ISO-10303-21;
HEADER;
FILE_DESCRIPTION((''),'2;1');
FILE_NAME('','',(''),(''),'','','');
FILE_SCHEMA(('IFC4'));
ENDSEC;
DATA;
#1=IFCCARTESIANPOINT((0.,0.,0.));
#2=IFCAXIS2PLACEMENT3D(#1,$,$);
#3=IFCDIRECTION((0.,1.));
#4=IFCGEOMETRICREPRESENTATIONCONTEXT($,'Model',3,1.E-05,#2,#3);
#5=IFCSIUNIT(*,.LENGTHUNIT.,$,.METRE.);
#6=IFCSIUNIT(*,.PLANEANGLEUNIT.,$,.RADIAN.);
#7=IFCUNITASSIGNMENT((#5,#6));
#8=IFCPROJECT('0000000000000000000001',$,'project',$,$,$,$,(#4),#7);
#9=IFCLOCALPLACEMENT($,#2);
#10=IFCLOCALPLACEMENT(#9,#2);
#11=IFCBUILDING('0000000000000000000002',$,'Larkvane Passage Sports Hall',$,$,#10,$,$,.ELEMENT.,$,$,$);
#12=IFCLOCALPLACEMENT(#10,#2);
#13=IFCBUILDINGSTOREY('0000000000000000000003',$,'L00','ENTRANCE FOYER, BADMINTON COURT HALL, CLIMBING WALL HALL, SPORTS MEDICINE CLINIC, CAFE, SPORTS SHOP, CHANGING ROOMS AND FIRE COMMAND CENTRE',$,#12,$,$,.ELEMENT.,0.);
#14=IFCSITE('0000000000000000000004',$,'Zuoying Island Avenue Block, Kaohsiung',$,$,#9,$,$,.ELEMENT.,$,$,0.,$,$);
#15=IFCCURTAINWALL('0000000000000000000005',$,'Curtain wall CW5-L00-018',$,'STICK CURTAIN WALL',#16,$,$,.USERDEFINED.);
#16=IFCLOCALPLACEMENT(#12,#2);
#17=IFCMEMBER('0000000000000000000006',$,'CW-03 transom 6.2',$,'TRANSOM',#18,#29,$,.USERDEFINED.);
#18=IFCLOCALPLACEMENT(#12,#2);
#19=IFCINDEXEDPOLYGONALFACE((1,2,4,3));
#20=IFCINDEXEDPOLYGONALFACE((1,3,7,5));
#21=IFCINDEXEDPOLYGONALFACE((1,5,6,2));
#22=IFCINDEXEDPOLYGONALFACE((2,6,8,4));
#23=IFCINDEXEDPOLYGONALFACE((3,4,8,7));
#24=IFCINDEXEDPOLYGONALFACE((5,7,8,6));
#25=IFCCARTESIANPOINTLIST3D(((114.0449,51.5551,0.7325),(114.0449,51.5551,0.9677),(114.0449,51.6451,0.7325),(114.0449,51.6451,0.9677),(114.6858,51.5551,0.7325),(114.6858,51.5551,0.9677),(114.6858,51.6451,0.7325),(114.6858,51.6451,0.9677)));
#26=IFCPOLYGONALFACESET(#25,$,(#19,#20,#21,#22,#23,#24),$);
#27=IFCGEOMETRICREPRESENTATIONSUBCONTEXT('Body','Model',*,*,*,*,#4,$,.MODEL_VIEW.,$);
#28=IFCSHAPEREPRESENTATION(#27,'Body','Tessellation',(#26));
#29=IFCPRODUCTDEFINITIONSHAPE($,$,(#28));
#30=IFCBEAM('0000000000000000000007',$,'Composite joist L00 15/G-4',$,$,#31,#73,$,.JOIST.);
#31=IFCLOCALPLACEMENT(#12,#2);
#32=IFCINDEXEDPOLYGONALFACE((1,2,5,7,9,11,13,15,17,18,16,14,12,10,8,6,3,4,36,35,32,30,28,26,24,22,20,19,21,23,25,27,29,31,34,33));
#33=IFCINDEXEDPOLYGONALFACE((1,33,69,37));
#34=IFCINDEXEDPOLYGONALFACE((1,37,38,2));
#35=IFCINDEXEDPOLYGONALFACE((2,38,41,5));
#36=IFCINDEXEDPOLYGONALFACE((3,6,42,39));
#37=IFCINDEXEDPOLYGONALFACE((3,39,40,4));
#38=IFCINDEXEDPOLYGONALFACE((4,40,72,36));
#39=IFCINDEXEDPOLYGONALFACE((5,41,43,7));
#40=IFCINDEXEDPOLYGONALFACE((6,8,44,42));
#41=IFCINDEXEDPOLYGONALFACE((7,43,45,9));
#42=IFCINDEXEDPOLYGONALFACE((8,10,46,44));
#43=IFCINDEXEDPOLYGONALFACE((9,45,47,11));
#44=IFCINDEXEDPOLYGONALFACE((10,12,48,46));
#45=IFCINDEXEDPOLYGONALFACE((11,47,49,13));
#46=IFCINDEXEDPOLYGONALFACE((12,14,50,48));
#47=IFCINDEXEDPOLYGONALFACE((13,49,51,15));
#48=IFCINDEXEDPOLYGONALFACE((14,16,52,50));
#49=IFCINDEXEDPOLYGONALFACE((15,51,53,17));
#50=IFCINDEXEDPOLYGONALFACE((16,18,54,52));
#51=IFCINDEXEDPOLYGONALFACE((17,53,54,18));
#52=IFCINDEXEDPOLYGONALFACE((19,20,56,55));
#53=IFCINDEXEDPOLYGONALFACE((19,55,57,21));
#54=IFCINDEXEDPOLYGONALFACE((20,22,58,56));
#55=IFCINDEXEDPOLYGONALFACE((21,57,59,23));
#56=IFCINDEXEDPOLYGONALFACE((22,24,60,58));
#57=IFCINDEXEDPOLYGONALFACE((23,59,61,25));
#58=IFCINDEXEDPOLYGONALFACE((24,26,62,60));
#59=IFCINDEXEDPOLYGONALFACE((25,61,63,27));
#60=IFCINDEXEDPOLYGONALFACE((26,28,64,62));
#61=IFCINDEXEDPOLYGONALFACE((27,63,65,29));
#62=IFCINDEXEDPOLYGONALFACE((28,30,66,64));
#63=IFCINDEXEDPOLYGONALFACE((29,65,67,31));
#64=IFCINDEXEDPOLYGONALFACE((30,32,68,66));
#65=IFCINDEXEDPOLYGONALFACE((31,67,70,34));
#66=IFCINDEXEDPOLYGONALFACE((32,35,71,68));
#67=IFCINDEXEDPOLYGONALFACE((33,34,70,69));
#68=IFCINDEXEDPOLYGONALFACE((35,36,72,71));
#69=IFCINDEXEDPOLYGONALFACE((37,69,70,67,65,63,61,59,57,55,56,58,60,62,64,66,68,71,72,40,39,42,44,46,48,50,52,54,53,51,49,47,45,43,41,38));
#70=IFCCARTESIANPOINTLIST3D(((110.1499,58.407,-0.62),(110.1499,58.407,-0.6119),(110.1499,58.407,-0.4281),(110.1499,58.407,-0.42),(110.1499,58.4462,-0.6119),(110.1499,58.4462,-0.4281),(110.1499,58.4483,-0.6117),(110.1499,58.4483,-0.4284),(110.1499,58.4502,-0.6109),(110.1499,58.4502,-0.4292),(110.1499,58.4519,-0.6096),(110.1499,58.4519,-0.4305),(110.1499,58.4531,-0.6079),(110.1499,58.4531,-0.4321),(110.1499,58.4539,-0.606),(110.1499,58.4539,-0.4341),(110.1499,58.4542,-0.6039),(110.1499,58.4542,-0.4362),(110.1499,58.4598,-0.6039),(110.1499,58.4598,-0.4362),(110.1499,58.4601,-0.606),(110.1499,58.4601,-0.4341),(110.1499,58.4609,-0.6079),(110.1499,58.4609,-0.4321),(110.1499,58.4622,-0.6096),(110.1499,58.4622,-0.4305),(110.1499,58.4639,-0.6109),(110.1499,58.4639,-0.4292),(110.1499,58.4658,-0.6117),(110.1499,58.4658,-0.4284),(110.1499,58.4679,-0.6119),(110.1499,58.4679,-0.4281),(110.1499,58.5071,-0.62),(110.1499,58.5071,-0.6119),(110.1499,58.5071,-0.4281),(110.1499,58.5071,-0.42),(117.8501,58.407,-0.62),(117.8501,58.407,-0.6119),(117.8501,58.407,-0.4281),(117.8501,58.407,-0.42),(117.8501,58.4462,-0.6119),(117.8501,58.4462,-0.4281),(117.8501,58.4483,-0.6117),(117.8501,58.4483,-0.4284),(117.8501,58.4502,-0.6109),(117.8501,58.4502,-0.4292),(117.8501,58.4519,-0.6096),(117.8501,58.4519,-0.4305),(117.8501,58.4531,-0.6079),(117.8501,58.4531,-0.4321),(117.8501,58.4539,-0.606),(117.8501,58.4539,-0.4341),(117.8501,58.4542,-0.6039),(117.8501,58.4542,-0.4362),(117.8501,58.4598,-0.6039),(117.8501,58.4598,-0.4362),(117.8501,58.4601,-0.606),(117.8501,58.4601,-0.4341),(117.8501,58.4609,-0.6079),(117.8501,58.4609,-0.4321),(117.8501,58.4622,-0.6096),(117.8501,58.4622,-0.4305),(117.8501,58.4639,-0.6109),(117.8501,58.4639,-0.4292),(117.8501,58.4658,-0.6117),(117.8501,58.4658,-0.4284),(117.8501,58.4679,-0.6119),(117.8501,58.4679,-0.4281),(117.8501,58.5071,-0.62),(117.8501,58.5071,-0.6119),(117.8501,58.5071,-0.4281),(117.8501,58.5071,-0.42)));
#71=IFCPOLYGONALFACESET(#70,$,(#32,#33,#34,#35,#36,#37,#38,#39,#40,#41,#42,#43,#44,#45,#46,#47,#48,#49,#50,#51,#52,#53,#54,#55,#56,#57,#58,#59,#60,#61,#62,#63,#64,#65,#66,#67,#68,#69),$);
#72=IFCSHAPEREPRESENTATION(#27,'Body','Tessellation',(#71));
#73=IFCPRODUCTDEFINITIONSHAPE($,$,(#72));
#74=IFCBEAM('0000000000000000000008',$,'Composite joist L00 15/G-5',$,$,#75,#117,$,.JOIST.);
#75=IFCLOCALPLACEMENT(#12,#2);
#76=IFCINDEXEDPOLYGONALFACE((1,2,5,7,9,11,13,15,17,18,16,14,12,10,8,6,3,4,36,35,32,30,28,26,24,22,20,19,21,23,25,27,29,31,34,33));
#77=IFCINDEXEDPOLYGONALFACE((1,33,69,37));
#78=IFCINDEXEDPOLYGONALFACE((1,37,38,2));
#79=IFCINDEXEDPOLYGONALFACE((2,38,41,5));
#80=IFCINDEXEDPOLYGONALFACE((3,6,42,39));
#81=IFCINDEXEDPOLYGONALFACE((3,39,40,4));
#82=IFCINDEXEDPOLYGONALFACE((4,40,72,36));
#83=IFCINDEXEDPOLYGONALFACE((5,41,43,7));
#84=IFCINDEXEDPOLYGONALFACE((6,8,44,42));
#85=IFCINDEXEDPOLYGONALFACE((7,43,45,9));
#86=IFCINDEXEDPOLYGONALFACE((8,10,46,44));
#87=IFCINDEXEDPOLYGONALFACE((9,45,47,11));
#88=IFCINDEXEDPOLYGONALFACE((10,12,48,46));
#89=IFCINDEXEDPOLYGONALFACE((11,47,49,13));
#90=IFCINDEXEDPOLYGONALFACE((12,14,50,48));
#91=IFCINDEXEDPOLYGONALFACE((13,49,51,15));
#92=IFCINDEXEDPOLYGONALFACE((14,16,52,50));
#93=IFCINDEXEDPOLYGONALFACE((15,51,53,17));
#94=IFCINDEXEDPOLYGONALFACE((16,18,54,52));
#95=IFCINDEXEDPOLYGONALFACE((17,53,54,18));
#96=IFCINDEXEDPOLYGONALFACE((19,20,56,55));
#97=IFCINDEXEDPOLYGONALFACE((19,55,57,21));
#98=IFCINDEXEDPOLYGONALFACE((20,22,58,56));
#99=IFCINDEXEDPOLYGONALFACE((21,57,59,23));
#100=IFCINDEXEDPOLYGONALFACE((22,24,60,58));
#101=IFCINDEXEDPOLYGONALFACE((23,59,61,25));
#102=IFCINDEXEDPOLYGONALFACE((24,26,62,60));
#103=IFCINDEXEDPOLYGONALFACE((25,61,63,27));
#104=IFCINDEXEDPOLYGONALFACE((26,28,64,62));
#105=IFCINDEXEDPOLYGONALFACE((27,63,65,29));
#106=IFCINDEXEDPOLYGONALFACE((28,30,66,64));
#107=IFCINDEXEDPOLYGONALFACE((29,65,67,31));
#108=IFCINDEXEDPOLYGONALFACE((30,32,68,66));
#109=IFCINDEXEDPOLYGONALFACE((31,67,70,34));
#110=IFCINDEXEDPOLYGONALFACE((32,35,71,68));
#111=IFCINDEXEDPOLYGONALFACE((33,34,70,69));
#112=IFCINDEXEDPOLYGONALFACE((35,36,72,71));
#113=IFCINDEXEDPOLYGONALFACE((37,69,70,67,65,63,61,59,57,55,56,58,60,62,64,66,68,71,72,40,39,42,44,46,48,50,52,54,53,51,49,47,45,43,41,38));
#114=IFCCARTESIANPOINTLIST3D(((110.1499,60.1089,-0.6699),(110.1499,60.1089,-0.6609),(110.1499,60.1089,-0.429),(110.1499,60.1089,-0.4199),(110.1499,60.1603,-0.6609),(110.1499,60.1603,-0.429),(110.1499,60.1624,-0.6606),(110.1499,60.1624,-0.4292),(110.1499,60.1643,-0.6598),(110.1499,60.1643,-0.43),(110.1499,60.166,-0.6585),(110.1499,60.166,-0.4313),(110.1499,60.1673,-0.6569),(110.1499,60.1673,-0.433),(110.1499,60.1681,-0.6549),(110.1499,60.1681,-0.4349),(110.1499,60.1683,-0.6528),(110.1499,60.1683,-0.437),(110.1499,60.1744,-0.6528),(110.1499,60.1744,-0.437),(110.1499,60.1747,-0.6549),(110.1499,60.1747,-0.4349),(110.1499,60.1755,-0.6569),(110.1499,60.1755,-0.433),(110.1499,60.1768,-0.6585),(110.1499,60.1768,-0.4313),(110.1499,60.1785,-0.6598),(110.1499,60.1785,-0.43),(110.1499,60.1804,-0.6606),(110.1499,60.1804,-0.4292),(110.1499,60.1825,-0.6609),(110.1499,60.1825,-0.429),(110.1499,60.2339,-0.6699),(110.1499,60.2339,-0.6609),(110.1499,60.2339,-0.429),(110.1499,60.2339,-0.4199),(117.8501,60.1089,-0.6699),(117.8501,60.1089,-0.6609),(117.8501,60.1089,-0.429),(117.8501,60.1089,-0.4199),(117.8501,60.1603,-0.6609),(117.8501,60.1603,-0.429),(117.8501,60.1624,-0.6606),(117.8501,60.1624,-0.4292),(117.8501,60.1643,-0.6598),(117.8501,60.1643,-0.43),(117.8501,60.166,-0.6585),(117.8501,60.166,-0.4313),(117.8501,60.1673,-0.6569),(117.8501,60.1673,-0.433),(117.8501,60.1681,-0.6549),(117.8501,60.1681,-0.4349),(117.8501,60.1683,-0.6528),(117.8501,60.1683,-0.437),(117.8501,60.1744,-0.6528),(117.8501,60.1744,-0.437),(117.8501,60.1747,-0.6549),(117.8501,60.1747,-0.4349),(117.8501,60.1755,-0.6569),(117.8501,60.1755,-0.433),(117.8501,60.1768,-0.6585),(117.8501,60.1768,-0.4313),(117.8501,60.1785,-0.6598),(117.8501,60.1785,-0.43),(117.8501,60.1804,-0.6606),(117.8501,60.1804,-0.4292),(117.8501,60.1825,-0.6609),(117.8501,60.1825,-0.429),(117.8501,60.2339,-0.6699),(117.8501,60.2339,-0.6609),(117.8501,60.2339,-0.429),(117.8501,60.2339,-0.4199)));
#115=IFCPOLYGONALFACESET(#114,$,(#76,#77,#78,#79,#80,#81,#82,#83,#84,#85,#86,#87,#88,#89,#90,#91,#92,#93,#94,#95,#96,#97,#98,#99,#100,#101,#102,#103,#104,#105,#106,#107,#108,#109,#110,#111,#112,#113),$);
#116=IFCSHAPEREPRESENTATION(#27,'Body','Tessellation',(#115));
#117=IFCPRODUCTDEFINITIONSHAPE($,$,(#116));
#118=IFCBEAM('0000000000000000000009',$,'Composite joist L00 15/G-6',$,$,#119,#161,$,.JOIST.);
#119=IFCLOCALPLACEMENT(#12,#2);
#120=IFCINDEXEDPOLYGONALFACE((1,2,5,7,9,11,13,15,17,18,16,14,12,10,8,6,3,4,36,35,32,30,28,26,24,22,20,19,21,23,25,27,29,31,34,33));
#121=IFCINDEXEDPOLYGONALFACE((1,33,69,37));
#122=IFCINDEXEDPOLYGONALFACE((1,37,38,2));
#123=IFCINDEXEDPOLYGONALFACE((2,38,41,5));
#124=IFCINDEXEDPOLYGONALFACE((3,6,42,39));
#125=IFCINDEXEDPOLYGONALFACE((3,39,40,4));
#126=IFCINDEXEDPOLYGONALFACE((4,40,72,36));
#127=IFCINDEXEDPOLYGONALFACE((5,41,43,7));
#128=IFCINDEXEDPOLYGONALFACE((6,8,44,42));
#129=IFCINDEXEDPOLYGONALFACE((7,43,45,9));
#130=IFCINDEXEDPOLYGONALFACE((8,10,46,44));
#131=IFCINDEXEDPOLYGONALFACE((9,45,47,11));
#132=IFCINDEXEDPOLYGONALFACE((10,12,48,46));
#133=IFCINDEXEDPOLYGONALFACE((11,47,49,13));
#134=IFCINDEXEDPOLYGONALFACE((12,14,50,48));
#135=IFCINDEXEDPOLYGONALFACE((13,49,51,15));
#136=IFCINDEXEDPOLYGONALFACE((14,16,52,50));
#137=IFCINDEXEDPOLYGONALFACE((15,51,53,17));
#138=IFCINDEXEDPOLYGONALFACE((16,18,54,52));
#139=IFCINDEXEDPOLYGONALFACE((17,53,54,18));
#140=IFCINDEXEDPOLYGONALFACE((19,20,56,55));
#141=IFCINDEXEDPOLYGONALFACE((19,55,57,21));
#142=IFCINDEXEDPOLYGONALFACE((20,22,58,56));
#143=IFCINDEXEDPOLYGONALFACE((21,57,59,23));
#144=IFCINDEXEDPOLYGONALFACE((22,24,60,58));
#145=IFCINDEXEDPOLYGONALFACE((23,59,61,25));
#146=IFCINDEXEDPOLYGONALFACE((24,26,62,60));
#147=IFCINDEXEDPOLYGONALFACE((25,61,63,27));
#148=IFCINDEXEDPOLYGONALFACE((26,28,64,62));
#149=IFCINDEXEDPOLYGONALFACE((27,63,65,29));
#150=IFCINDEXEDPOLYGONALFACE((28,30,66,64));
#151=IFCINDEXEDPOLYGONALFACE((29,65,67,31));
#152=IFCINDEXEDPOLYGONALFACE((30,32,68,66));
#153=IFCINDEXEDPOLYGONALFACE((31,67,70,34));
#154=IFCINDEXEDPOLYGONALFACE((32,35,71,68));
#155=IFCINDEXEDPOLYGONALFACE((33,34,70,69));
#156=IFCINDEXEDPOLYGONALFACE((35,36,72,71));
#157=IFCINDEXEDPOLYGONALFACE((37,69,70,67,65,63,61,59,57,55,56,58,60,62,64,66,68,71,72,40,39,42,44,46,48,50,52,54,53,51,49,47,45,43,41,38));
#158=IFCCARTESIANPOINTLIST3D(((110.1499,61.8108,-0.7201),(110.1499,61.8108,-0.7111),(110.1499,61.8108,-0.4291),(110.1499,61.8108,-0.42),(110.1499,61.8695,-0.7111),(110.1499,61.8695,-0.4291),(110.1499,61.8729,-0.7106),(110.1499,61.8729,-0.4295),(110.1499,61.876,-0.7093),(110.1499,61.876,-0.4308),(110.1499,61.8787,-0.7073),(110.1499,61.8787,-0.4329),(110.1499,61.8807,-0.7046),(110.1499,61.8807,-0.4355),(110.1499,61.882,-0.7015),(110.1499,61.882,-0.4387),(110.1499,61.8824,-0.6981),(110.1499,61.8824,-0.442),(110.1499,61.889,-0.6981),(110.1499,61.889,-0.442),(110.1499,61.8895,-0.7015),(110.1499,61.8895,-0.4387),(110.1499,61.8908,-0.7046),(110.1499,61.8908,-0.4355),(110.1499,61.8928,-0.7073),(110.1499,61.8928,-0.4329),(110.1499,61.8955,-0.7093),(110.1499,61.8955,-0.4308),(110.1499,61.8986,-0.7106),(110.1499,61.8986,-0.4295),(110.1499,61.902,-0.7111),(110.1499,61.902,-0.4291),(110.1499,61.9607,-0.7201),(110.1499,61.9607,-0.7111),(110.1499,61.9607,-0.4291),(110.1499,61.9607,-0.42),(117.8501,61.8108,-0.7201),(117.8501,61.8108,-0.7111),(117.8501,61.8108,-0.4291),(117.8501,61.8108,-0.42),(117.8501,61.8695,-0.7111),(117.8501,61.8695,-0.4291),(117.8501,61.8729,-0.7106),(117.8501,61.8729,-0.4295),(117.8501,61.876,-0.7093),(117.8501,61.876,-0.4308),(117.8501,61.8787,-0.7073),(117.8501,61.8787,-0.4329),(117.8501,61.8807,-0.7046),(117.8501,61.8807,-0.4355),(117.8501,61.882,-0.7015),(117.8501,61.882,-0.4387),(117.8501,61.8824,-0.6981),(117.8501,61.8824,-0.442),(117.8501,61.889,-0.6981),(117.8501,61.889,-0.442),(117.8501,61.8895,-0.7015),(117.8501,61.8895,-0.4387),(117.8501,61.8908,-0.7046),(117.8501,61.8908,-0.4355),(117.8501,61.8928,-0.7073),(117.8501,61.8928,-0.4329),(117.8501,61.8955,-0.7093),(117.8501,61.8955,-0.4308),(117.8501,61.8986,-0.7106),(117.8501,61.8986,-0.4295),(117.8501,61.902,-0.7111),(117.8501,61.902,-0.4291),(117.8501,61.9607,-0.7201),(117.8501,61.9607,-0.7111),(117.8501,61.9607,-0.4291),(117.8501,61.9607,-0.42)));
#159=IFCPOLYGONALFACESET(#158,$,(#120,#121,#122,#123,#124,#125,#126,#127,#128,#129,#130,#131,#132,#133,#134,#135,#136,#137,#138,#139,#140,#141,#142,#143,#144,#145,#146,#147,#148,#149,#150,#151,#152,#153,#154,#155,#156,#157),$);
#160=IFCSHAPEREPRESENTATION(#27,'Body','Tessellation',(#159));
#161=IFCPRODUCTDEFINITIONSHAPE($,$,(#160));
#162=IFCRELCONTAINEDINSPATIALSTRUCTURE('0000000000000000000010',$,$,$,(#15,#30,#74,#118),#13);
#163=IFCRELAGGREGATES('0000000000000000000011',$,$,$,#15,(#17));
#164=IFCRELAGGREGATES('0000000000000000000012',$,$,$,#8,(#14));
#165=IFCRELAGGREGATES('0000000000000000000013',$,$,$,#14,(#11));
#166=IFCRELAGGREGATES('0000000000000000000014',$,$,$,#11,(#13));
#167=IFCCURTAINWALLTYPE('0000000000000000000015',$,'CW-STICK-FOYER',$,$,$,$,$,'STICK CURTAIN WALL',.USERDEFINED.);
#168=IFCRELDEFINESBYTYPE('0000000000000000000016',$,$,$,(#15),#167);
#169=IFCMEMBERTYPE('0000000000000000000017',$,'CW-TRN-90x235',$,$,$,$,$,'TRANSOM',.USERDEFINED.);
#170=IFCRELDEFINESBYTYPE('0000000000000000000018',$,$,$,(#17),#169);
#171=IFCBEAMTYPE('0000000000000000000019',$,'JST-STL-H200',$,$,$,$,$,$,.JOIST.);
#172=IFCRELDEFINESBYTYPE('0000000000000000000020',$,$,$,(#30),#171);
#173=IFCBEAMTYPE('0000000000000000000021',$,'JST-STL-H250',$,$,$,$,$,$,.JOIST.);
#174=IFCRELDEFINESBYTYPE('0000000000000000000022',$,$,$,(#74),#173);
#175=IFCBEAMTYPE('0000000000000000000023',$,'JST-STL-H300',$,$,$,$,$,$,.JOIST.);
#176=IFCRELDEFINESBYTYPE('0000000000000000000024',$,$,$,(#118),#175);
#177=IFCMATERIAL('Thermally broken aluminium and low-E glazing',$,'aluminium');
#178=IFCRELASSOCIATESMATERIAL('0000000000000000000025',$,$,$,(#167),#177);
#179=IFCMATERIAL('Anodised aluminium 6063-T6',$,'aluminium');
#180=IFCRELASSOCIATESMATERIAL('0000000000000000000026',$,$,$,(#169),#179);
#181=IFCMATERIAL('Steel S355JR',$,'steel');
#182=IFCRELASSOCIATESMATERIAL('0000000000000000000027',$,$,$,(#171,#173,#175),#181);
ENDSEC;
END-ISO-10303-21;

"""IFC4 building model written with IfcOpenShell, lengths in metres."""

from ifc_helpers import new_model, si_unit, direction, frame, origin, origin_2d, place, context, subcontext, project, spatial, rectangle, i_section, extrude, material, material_profile, profile_set, type_object, element, aggregate, save


model = new_model("IFC4")

# Units and contexts
model_context = context("Model", 3, precision=1e-05, world=origin(), true_north=direction((0.0, 1.0)))
body_context = subcontext(model_context, "Body", "Model", "MODEL_VIEW")
ifc_project = project(units=[si_unit("LENGTHUNIT", "METRE"), si_unit("PLANEANGLEUNIT", "RADIAN")], contexts=[model_context])

# Site, building, storey
site_placement = place(None, origin())
site = spatial("IfcSite", under=ifc_project, at=site_placement, Name="Zuoying Island Avenue Block, Kaohsiung", CompositionType="ELEMENT", RefElevation=0.0)
building_placement = place(site_placement, origin())
building = spatial("IfcBuilding", under=site, at=building_placement, Name="Larkvane Passage Sports Hall", CompositionType="ELEMENT")
storey_placement = place(building_placement, origin())
storey = spatial("IfcBuildingStorey", under=building, at=storey_placement, Name="L00", Description="ENTRANCE FOYER, BADMINTON COURT HALL, CLIMBING WALL HALL, SPORTS MEDICINE CLINIC, CAFE, SPORTS SHOP, CHANGING ROOMS AND FIRE COMMAND CENTRE", CompositionType="ELEMENT", Elevation=0.0)

# Shared definitions
ifc_material_1 = material(Name="Thermally broken aluminium and low-E glazing", Category="aluminium")
ifc_material_2 = material(Name="Anodised aluminium 6063-T6", Category="aluminium")

# Curtain wall, member
curtain_wall_type_1 = type_object("IfcCurtainWallType", Name="CW-STICK-FOYER", ElementType="STICK CURTAIN WALL", PredefinedType="USERDEFINED", material=ifc_material_1)
curtain_wall_1_placement = place(storey_placement, origin())
curtain_wall_1 = element("IfcCurtainWall", 1, at=curtain_wall_1_placement, inside=storey, type_object=curtain_wall_type_1, Name="Curtain wall CW5-L00-018", ObjectType="STICK CURTAIN WALL", PredefinedType="USERDEFINED")
ifc_material_profile_1 = material_profile(ifc_material_2, rectangle(XDim=0.0901, YDim=0.2351, at=origin_2d()), Name="ALU-TRN-90x235")
ifc_profile_set_1 = profile_set([ifc_material_profile_1], Name="Anodised aluminium 6063-T6")
member_type_1 = type_object("IfcMemberType", Name="CW-TRN-90x235", ElementType="TRANSOM", PredefinedType="USERDEFINED", material=ifc_profile_set_1)
member_1_placement = place(storey_placement, frame((114.0449, 51.6001, 0.8501), z_axis=(1.0, 0.0, 0.0), x_axis=(0.0, 1.0, 0.0)))
member_1 = element("IfcMember", 2, at=member_1_placement, type_object=member_type_1, Name="CW-03 transom 6.2", ObjectType="TRANSOM", PredefinedType="USERDEFINED", context=body_context, shape_type="SweptSolid", body=[
    extrude(rectangle(XDim=0.0901, YDim=0.2351, at=origin_2d()), origin(), (0.0, 0.0, 1.0), 0.6409),
])

# Beams
ifc_material_3 = material(Name="Steel S355JR", Category="steel")
ifc_material_profile_2 = material_profile(ifc_material_3, i_section(OverallWidth=0.1001, OverallDepth=0.2, WebThickness=0.0056, FlangeThickness=0.0081, FilletRadius=0.0081, at=origin_2d()), Name="H-200x100x5.5x8")
ifc_profile_set_2 = profile_set([ifc_material_profile_2], Name="Steel S355JR")
beam_type_1 = type_object("IfcBeamType", Name="JST-STL-H200", PredefinedType="JOIST", material=ifc_profile_set_2)
beam_1_placement = place(storey_placement, frame((110.1499, 58.457, -0.52), z_axis=(1.0, 0.0, 0.0), x_axis=(0.0, 1.0, 0.0)))
element("IfcBeam", 3, at=beam_1_placement, inside=storey, type_object=beam_type_1, Name="Composite joist L00 15/G-4", PredefinedType="JOIST", context=body_context, shape_type="SweptSolid", body=[
    extrude(i_section(OverallWidth=0.1001, OverallDepth=0.2, WebThickness=0.0056, FlangeThickness=0.0081, FilletRadius=0.0081, at=origin_2d()), origin(), (0.0, 0.0, 1.0), 7.7002),
])
ifc_material_profile_3 = material_profile(ifc_material_3, i_section(OverallWidth=0.125, OverallDepth=0.25, WebThickness=0.0061, FlangeThickness=0.009, FilletRadius=0.0081, at=origin_2d()), Name="H-250x125x6x9")
ifc_profile_set_3 = profile_set([ifc_material_profile_3], Name="Steel S355JR")
beam_type_2 = type_object("IfcBeamType", Name="JST-STL-H250", PredefinedType="JOIST", material=ifc_profile_set_3)
beam_2_placement = place(storey_placement, frame((110.1499, 60.1714, -0.5449), z_axis=(1.0, 0.0, 0.0), x_axis=(0.0, 1.0, 0.0)))
element("IfcBeam", 4, at=beam_2_placement, inside=storey, type_object=beam_type_2, Name="Composite joist L00 15/G-5", PredefinedType="JOIST", context=body_context, shape_type="SweptSolid", body=[
    extrude(i_section(OverallWidth=0.125, OverallDepth=0.25, WebThickness=0.0061, FlangeThickness=0.009, FilletRadius=0.0081, at=origin_2d()), origin(), (0.0, 0.0, 1.0), 7.7002),
])
ifc_material_profile_4 = material_profile(ifc_material_3, i_section(OverallWidth=0.1499, OverallDepth=0.3, WebThickness=0.0066, FlangeThickness=0.009, FilletRadius=0.0129, at=origin_2d()), Name="H-300x150x6.5x9")
ifc_profile_set_4 = profile_set([ifc_material_profile_4], Name="Steel S355JR")
beam_type_3 = type_object("IfcBeamType", Name="JST-STL-H300", PredefinedType="JOIST", material=ifc_profile_set_4)
beam_3_placement = place(storey_placement, frame((110.1499, 61.8857, -0.5701), z_axis=(1.0, 0.0, 0.0), x_axis=(0.0, 1.0, 0.0)))
element("IfcBeam", 5, at=beam_3_placement, inside=storey, type_object=beam_type_3, Name="Composite joist L00 15/G-6", PredefinedType="JOIST", context=body_context, shape_type="SweptSolid", body=[
    extrude(i_section(OverallWidth=0.1499, OverallDepth=0.3, WebThickness=0.0066, FlangeThickness=0.009, FilletRadius=0.0129, at=origin_2d()), origin(), (0.0, 0.0, 1.0), 7.7002),
])

aggregate(curtain_wall_1, [member_1])

save(model, "model.ifc")
